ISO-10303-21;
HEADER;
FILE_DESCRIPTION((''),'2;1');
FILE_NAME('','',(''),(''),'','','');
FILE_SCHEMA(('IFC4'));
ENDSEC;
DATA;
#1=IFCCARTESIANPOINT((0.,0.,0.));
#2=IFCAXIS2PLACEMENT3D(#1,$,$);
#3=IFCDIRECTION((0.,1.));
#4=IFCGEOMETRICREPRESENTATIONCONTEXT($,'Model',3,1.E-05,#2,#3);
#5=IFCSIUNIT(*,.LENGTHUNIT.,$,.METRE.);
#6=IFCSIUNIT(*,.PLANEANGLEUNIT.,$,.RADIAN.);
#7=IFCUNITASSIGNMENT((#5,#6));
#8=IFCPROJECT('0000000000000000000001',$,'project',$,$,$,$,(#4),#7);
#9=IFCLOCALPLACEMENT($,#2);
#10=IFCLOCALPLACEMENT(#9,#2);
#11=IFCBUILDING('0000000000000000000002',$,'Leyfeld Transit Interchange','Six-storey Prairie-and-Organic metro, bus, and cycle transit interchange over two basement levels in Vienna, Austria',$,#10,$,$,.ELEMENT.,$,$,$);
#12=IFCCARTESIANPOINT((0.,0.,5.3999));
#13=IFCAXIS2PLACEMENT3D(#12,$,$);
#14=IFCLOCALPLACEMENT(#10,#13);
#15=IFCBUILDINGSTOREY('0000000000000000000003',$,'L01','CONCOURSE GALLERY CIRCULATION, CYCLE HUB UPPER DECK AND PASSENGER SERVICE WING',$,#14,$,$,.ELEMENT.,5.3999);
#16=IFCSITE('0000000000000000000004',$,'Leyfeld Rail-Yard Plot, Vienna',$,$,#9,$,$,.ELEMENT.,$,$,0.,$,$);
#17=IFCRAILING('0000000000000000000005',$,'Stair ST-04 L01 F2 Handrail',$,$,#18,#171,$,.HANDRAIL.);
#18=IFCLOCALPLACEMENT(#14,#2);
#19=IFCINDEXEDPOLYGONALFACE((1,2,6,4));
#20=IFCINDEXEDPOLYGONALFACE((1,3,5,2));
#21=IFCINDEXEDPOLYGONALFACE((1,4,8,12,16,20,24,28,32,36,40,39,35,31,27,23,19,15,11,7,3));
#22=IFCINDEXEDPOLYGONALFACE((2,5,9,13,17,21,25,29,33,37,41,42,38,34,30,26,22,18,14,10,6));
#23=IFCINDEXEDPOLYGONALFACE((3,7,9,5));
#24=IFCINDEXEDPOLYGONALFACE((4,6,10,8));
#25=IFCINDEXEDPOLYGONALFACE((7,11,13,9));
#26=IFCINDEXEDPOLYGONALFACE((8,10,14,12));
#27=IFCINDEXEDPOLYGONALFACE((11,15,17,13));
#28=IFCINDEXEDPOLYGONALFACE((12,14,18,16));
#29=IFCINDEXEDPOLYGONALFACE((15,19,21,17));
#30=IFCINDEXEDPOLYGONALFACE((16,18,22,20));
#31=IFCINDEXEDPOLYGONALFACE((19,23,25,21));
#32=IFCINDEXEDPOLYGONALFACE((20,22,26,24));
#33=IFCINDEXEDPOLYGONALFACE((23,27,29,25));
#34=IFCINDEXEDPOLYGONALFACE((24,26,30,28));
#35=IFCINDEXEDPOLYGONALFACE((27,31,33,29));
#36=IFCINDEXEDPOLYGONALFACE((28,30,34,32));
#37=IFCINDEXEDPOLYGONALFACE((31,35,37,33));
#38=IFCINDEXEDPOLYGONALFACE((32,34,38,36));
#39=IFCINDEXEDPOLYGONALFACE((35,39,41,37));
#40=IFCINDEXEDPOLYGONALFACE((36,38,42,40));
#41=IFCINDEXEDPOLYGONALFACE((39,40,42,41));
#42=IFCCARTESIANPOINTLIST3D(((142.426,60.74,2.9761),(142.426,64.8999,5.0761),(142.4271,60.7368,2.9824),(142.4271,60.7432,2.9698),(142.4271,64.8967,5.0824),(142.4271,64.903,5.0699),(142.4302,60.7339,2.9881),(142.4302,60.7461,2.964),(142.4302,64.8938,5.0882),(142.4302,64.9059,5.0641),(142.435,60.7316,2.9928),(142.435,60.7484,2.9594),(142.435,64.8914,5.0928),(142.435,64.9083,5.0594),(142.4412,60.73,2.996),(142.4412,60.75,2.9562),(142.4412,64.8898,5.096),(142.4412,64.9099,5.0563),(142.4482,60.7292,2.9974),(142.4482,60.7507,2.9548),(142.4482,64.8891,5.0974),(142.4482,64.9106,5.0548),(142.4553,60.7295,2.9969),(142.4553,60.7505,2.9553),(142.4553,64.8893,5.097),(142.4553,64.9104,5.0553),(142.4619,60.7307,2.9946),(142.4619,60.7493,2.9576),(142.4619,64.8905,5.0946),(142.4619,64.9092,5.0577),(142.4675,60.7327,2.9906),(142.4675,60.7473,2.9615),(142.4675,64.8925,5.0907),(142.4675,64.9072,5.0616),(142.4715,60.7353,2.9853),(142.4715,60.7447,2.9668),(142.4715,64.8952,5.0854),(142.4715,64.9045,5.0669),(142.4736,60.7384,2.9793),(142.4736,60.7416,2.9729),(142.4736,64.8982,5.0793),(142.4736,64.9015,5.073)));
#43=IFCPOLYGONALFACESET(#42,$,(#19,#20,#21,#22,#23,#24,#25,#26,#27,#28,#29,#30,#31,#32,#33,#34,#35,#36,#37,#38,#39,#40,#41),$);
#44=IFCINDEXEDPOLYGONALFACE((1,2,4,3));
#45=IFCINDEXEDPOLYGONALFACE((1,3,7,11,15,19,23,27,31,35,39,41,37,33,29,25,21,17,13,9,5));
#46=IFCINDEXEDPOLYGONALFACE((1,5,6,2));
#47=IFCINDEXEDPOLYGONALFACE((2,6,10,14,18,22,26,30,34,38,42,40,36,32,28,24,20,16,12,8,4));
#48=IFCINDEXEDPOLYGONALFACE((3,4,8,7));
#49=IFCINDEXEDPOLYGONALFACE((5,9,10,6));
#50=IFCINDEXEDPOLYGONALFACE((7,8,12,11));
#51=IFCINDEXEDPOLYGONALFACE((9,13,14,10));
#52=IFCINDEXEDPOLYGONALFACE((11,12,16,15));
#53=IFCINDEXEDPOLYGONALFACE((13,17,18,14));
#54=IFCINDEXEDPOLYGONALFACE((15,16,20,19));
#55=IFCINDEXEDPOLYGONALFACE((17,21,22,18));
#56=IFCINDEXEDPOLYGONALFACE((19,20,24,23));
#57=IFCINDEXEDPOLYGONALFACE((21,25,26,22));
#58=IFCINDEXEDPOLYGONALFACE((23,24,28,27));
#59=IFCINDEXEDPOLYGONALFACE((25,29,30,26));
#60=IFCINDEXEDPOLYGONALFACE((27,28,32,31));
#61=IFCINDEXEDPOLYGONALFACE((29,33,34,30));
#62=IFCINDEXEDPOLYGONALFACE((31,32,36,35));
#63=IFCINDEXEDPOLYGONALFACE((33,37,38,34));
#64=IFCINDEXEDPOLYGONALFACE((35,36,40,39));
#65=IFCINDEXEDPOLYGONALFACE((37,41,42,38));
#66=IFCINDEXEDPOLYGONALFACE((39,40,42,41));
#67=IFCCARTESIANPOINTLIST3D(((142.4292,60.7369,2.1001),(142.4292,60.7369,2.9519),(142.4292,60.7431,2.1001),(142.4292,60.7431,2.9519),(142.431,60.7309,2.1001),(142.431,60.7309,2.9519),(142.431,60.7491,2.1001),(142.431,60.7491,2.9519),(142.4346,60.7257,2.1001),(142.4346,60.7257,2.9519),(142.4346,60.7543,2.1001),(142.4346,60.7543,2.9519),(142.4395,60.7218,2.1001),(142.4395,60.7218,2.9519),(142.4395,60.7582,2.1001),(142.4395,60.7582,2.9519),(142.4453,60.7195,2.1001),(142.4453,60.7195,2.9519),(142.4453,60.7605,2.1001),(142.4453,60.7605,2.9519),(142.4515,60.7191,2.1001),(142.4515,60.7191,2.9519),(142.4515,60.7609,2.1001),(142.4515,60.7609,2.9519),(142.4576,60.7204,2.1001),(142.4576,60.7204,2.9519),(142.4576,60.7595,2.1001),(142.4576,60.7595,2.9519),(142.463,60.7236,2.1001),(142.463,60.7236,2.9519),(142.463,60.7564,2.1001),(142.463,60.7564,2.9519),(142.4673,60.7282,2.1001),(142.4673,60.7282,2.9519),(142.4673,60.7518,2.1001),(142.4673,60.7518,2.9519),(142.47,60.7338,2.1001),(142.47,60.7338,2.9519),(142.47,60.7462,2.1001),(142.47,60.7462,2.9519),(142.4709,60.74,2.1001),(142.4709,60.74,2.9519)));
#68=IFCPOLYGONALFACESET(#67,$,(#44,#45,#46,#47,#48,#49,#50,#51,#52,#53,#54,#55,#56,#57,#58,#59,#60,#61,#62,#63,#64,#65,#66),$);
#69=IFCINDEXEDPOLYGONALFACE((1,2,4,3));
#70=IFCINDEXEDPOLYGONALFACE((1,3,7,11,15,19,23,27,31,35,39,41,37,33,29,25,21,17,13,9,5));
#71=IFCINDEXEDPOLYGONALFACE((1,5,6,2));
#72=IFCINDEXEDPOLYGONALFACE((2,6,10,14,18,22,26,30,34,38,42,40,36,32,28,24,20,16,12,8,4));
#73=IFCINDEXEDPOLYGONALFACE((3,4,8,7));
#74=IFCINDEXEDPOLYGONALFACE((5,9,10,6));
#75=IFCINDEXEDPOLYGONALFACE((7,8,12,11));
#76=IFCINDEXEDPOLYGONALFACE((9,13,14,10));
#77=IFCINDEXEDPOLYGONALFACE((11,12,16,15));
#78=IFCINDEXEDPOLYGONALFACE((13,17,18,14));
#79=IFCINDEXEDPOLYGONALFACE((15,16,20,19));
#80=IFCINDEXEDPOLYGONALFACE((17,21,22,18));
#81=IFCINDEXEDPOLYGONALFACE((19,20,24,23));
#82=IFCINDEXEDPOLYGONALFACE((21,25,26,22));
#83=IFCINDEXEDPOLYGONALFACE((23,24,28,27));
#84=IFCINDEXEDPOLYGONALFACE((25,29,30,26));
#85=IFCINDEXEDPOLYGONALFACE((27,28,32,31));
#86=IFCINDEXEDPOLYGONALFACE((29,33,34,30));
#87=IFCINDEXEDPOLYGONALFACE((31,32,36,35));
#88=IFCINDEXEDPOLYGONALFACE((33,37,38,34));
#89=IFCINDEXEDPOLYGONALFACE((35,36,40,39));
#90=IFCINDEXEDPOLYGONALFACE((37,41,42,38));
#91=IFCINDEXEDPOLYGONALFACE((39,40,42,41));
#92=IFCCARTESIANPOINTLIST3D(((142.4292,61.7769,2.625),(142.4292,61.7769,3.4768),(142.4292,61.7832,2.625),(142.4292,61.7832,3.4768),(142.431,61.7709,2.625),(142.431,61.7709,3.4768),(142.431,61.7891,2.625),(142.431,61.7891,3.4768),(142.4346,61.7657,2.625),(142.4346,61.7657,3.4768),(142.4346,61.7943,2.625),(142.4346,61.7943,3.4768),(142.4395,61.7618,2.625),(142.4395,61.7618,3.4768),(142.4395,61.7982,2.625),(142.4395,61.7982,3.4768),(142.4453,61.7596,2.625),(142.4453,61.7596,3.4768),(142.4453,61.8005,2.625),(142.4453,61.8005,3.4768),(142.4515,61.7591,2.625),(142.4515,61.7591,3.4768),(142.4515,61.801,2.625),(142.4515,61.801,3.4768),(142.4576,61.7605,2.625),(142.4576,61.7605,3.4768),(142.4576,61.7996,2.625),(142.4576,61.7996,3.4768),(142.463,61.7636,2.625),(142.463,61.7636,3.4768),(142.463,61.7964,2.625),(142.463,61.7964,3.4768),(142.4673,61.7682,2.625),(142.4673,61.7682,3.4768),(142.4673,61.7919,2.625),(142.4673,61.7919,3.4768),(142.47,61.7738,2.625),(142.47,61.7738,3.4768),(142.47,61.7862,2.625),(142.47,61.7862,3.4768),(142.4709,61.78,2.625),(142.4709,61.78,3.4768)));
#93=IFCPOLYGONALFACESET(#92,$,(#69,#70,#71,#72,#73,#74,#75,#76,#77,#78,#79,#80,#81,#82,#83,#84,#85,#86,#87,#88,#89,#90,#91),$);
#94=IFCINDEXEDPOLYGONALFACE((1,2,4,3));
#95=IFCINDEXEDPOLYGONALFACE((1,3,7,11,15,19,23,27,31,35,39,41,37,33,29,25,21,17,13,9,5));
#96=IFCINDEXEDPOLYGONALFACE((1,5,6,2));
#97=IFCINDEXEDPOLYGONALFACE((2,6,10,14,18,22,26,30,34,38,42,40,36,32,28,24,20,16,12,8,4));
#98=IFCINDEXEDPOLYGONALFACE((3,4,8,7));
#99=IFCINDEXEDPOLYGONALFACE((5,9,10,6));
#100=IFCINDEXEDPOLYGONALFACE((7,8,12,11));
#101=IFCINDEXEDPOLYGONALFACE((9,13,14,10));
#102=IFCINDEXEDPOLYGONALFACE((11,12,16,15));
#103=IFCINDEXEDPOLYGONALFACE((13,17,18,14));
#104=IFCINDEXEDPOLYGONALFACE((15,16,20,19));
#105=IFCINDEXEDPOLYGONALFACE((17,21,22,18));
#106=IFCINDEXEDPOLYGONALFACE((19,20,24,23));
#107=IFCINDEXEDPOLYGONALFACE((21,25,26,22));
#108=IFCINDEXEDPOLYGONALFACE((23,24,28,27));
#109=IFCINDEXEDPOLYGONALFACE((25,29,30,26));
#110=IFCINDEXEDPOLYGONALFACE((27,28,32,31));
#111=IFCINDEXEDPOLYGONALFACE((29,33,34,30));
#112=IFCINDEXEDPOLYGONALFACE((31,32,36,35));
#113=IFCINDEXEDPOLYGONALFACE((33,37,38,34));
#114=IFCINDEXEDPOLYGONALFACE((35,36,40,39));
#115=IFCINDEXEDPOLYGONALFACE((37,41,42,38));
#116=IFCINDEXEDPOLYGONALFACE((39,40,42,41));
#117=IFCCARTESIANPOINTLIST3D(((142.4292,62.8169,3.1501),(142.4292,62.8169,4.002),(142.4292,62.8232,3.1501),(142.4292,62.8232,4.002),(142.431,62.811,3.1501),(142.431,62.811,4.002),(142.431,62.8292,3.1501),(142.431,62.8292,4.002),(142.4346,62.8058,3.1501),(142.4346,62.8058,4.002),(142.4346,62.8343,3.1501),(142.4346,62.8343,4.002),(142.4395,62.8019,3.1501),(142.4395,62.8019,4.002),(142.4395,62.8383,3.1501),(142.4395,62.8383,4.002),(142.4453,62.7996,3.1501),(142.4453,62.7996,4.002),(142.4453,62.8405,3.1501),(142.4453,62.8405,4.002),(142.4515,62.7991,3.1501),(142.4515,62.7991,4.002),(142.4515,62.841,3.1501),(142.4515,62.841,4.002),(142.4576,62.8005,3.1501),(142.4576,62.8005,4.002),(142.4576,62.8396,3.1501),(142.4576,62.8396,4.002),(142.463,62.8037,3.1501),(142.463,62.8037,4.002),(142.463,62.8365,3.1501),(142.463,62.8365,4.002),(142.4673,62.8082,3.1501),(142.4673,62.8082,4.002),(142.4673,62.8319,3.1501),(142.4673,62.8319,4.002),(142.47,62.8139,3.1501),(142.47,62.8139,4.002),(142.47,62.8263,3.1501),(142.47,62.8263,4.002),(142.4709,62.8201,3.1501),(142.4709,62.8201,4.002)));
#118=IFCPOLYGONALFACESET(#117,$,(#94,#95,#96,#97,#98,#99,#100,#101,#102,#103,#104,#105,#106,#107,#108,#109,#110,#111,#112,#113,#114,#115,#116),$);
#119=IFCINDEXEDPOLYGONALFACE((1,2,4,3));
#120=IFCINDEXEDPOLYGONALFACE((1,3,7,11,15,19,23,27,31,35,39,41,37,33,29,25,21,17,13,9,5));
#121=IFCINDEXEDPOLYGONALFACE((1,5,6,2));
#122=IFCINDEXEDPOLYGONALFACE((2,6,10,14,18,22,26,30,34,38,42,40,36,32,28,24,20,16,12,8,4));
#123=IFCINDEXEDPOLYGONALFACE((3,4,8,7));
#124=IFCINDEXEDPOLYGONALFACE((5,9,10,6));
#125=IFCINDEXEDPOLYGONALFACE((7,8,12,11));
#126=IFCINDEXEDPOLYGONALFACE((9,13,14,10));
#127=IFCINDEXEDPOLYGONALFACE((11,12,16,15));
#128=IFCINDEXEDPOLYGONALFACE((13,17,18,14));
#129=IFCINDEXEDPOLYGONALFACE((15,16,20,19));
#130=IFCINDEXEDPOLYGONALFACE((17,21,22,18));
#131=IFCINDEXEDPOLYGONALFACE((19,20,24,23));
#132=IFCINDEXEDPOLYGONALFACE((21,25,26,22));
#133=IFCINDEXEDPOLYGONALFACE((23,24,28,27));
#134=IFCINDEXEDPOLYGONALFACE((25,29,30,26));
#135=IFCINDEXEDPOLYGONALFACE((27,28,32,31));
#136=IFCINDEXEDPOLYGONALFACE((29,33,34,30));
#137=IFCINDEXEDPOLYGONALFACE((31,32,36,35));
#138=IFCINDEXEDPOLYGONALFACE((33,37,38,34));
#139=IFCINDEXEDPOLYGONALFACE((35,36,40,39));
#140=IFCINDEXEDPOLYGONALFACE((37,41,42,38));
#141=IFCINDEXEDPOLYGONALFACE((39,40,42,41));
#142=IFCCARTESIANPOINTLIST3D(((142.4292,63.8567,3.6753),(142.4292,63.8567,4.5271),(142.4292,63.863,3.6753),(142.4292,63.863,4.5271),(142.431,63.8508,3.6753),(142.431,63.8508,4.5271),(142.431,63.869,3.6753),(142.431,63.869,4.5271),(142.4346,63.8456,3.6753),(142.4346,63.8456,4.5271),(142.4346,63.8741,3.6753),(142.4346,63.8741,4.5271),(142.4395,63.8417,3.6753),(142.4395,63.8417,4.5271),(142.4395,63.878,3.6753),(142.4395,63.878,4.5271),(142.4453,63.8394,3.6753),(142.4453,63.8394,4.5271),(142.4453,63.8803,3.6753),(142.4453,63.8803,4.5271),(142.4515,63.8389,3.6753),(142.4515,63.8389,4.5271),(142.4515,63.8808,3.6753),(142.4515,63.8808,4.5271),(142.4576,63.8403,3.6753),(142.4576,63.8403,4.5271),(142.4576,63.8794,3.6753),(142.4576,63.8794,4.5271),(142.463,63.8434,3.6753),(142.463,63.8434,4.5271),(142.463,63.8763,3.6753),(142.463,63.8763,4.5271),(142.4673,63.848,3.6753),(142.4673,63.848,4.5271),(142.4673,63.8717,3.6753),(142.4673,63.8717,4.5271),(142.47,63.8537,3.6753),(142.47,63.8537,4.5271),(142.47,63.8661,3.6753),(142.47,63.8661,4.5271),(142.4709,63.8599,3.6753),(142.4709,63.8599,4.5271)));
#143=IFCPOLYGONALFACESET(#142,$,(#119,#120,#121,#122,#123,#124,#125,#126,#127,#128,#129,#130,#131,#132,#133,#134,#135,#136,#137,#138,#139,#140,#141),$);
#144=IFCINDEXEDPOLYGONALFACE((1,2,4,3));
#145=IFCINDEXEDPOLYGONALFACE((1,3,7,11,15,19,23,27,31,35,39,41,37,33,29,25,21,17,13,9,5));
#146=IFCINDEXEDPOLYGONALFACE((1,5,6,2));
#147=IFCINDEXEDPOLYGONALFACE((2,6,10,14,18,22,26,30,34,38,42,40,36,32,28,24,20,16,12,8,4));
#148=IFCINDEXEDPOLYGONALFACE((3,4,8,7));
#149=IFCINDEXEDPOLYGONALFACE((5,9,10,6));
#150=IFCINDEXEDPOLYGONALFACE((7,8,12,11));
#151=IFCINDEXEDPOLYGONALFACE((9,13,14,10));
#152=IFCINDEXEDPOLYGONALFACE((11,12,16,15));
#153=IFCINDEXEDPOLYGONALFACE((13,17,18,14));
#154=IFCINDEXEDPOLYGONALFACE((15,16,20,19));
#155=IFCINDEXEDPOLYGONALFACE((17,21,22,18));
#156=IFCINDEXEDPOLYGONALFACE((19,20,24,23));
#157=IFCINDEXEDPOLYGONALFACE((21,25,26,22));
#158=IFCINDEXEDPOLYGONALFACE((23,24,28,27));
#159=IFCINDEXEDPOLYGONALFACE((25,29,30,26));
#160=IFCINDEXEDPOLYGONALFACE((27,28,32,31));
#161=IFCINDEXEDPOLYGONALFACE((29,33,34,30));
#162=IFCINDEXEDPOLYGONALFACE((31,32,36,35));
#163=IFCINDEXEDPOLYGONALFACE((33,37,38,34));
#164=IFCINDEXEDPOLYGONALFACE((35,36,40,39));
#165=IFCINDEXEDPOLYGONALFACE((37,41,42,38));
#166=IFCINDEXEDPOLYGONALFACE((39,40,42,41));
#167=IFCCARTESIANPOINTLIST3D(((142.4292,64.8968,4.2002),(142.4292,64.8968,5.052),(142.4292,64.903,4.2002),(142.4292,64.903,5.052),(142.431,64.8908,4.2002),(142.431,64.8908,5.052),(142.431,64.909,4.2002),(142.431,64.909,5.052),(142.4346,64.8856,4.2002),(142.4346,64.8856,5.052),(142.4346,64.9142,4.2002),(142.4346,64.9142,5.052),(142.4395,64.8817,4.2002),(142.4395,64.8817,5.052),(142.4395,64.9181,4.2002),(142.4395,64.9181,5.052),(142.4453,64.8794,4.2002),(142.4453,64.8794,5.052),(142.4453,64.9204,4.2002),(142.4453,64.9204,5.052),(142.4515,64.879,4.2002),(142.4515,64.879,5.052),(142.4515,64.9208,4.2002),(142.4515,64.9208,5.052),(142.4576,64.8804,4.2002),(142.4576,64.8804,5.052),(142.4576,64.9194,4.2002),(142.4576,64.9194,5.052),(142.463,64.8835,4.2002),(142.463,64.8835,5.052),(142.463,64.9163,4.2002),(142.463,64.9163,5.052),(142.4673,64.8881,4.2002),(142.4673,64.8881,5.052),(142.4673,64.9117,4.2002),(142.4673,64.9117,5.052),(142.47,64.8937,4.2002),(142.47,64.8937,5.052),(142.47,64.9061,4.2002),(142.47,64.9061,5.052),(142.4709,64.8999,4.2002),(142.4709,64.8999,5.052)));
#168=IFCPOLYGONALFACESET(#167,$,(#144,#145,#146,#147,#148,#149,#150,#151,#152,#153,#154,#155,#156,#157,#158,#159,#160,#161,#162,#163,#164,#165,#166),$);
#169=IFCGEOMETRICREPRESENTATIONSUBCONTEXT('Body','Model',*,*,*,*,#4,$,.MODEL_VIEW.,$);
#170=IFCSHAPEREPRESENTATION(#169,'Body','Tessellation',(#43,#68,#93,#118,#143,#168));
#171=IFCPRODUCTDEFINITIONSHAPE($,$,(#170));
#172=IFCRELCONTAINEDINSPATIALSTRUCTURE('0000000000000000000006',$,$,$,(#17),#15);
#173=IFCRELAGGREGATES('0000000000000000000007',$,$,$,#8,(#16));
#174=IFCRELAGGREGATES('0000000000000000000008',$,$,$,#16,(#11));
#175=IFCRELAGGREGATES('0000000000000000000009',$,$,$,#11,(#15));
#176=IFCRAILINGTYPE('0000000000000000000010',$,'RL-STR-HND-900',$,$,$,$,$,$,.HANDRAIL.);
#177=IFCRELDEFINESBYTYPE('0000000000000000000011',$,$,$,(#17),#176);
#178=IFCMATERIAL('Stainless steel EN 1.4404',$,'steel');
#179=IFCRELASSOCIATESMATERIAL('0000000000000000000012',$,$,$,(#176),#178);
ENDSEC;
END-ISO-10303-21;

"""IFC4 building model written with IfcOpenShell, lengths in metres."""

from ifc_helpers import new_model, si_unit, direction, frame, origin, origin_2d, place, context, subcontext, project, spatial, circle, extrude, material, type_object, element, save


model = new_model("IFC4")

# Units and contexts
model_context = context("Model", 3, precision=1e-05, world=origin(), true_north=direction((0.0, 1.0)))
body_context = subcontext(model_context, "Body", "Model", "MODEL_VIEW")
ifc_project = project(units=[si_unit("LENGTHUNIT", "METRE"), si_unit("PLANEANGLEUNIT", "RADIAN")], contexts=[model_context])

# Site, building, storey
site_placement = place(None, origin())
site = spatial("IfcSite", under=ifc_project, at=site_placement, Name="Leyfeld Rail-Yard Plot, Vienna", CompositionType="ELEMENT", RefElevation=0.0)
building_placement = place(site_placement, origin())
building = spatial("IfcBuilding", under=site, at=building_placement, Name="Leyfeld Transit Interchange", Description="Six-storey Prairie-and-Organic metro, bus, and cycle transit interchange over two basement levels in Vienna, Austria", CompositionType="ELEMENT")
storey_placement = place(building_placement, frame((0.0, 0.0, 5.3999)))
storey = spatial("IfcBuildingStorey", under=building, at=storey_placement, Name="L01", Description="CONCOURSE GALLERY CIRCULATION, CYCLE HUB UPPER DECK AND PASSENGER SERVICE WING", CompositionType="ELEMENT", Elevation=5.3999)

# Railing
ifc_material_1 = material(Name="Stainless steel EN 1.4404", Category="steel")
railing_type_1 = type_object("IfcRailingType", Name="RL-STR-HND-900", PredefinedType="HANDRAIL", material=ifc_material_1)
railing_placement = place(storey_placement, frame((142.45, 60.74, 2.1001)))
element("IfcRailing", 1, at=railing_placement, inside=storey, type_object=railing_type_1, Name="Stair ST-04 L01 F2 Handrail", PredefinedType="HANDRAIL", context=body_context, shape_type="SweptSolid", body=[
    extrude(circle(Radius=0.0239, at=origin_2d()), frame((0.0, 0.0, 0.876), z_axis=(0.0, 0.892692, 0.450668), x_axis=(-1.0, 0.0, 0.0)), (0.0, 0.0, 1.0), 4.6599),
    extrude(circle(Radius=0.021, at=origin_2d()), origin(), (0.0, 0.0, 1.0), 0.8518),
    extrude(circle(Radius=0.021, at=origin_2d()), frame((0.0, 1.04, 0.5249)), (0.0, 0.0, 1.0), 0.8518),
    extrude(circle(Radius=0.021, at=origin_2d()), frame((0.0, 2.0801, 1.05)), (0.0, 0.0, 1.0), 0.8518),
    extrude(circle(Radius=0.021, at=origin_2d()), frame((0.0, 3.1199, 1.5752)), (0.0, 0.0, 1.0), 0.8518),
    extrude(circle(Radius=0.021, at=origin_2d()), frame((0.0, 4.1599, 2.1001)), (0.0, 0.0, 1.0), 0.8518),
])

save(model, "model.ifc")
